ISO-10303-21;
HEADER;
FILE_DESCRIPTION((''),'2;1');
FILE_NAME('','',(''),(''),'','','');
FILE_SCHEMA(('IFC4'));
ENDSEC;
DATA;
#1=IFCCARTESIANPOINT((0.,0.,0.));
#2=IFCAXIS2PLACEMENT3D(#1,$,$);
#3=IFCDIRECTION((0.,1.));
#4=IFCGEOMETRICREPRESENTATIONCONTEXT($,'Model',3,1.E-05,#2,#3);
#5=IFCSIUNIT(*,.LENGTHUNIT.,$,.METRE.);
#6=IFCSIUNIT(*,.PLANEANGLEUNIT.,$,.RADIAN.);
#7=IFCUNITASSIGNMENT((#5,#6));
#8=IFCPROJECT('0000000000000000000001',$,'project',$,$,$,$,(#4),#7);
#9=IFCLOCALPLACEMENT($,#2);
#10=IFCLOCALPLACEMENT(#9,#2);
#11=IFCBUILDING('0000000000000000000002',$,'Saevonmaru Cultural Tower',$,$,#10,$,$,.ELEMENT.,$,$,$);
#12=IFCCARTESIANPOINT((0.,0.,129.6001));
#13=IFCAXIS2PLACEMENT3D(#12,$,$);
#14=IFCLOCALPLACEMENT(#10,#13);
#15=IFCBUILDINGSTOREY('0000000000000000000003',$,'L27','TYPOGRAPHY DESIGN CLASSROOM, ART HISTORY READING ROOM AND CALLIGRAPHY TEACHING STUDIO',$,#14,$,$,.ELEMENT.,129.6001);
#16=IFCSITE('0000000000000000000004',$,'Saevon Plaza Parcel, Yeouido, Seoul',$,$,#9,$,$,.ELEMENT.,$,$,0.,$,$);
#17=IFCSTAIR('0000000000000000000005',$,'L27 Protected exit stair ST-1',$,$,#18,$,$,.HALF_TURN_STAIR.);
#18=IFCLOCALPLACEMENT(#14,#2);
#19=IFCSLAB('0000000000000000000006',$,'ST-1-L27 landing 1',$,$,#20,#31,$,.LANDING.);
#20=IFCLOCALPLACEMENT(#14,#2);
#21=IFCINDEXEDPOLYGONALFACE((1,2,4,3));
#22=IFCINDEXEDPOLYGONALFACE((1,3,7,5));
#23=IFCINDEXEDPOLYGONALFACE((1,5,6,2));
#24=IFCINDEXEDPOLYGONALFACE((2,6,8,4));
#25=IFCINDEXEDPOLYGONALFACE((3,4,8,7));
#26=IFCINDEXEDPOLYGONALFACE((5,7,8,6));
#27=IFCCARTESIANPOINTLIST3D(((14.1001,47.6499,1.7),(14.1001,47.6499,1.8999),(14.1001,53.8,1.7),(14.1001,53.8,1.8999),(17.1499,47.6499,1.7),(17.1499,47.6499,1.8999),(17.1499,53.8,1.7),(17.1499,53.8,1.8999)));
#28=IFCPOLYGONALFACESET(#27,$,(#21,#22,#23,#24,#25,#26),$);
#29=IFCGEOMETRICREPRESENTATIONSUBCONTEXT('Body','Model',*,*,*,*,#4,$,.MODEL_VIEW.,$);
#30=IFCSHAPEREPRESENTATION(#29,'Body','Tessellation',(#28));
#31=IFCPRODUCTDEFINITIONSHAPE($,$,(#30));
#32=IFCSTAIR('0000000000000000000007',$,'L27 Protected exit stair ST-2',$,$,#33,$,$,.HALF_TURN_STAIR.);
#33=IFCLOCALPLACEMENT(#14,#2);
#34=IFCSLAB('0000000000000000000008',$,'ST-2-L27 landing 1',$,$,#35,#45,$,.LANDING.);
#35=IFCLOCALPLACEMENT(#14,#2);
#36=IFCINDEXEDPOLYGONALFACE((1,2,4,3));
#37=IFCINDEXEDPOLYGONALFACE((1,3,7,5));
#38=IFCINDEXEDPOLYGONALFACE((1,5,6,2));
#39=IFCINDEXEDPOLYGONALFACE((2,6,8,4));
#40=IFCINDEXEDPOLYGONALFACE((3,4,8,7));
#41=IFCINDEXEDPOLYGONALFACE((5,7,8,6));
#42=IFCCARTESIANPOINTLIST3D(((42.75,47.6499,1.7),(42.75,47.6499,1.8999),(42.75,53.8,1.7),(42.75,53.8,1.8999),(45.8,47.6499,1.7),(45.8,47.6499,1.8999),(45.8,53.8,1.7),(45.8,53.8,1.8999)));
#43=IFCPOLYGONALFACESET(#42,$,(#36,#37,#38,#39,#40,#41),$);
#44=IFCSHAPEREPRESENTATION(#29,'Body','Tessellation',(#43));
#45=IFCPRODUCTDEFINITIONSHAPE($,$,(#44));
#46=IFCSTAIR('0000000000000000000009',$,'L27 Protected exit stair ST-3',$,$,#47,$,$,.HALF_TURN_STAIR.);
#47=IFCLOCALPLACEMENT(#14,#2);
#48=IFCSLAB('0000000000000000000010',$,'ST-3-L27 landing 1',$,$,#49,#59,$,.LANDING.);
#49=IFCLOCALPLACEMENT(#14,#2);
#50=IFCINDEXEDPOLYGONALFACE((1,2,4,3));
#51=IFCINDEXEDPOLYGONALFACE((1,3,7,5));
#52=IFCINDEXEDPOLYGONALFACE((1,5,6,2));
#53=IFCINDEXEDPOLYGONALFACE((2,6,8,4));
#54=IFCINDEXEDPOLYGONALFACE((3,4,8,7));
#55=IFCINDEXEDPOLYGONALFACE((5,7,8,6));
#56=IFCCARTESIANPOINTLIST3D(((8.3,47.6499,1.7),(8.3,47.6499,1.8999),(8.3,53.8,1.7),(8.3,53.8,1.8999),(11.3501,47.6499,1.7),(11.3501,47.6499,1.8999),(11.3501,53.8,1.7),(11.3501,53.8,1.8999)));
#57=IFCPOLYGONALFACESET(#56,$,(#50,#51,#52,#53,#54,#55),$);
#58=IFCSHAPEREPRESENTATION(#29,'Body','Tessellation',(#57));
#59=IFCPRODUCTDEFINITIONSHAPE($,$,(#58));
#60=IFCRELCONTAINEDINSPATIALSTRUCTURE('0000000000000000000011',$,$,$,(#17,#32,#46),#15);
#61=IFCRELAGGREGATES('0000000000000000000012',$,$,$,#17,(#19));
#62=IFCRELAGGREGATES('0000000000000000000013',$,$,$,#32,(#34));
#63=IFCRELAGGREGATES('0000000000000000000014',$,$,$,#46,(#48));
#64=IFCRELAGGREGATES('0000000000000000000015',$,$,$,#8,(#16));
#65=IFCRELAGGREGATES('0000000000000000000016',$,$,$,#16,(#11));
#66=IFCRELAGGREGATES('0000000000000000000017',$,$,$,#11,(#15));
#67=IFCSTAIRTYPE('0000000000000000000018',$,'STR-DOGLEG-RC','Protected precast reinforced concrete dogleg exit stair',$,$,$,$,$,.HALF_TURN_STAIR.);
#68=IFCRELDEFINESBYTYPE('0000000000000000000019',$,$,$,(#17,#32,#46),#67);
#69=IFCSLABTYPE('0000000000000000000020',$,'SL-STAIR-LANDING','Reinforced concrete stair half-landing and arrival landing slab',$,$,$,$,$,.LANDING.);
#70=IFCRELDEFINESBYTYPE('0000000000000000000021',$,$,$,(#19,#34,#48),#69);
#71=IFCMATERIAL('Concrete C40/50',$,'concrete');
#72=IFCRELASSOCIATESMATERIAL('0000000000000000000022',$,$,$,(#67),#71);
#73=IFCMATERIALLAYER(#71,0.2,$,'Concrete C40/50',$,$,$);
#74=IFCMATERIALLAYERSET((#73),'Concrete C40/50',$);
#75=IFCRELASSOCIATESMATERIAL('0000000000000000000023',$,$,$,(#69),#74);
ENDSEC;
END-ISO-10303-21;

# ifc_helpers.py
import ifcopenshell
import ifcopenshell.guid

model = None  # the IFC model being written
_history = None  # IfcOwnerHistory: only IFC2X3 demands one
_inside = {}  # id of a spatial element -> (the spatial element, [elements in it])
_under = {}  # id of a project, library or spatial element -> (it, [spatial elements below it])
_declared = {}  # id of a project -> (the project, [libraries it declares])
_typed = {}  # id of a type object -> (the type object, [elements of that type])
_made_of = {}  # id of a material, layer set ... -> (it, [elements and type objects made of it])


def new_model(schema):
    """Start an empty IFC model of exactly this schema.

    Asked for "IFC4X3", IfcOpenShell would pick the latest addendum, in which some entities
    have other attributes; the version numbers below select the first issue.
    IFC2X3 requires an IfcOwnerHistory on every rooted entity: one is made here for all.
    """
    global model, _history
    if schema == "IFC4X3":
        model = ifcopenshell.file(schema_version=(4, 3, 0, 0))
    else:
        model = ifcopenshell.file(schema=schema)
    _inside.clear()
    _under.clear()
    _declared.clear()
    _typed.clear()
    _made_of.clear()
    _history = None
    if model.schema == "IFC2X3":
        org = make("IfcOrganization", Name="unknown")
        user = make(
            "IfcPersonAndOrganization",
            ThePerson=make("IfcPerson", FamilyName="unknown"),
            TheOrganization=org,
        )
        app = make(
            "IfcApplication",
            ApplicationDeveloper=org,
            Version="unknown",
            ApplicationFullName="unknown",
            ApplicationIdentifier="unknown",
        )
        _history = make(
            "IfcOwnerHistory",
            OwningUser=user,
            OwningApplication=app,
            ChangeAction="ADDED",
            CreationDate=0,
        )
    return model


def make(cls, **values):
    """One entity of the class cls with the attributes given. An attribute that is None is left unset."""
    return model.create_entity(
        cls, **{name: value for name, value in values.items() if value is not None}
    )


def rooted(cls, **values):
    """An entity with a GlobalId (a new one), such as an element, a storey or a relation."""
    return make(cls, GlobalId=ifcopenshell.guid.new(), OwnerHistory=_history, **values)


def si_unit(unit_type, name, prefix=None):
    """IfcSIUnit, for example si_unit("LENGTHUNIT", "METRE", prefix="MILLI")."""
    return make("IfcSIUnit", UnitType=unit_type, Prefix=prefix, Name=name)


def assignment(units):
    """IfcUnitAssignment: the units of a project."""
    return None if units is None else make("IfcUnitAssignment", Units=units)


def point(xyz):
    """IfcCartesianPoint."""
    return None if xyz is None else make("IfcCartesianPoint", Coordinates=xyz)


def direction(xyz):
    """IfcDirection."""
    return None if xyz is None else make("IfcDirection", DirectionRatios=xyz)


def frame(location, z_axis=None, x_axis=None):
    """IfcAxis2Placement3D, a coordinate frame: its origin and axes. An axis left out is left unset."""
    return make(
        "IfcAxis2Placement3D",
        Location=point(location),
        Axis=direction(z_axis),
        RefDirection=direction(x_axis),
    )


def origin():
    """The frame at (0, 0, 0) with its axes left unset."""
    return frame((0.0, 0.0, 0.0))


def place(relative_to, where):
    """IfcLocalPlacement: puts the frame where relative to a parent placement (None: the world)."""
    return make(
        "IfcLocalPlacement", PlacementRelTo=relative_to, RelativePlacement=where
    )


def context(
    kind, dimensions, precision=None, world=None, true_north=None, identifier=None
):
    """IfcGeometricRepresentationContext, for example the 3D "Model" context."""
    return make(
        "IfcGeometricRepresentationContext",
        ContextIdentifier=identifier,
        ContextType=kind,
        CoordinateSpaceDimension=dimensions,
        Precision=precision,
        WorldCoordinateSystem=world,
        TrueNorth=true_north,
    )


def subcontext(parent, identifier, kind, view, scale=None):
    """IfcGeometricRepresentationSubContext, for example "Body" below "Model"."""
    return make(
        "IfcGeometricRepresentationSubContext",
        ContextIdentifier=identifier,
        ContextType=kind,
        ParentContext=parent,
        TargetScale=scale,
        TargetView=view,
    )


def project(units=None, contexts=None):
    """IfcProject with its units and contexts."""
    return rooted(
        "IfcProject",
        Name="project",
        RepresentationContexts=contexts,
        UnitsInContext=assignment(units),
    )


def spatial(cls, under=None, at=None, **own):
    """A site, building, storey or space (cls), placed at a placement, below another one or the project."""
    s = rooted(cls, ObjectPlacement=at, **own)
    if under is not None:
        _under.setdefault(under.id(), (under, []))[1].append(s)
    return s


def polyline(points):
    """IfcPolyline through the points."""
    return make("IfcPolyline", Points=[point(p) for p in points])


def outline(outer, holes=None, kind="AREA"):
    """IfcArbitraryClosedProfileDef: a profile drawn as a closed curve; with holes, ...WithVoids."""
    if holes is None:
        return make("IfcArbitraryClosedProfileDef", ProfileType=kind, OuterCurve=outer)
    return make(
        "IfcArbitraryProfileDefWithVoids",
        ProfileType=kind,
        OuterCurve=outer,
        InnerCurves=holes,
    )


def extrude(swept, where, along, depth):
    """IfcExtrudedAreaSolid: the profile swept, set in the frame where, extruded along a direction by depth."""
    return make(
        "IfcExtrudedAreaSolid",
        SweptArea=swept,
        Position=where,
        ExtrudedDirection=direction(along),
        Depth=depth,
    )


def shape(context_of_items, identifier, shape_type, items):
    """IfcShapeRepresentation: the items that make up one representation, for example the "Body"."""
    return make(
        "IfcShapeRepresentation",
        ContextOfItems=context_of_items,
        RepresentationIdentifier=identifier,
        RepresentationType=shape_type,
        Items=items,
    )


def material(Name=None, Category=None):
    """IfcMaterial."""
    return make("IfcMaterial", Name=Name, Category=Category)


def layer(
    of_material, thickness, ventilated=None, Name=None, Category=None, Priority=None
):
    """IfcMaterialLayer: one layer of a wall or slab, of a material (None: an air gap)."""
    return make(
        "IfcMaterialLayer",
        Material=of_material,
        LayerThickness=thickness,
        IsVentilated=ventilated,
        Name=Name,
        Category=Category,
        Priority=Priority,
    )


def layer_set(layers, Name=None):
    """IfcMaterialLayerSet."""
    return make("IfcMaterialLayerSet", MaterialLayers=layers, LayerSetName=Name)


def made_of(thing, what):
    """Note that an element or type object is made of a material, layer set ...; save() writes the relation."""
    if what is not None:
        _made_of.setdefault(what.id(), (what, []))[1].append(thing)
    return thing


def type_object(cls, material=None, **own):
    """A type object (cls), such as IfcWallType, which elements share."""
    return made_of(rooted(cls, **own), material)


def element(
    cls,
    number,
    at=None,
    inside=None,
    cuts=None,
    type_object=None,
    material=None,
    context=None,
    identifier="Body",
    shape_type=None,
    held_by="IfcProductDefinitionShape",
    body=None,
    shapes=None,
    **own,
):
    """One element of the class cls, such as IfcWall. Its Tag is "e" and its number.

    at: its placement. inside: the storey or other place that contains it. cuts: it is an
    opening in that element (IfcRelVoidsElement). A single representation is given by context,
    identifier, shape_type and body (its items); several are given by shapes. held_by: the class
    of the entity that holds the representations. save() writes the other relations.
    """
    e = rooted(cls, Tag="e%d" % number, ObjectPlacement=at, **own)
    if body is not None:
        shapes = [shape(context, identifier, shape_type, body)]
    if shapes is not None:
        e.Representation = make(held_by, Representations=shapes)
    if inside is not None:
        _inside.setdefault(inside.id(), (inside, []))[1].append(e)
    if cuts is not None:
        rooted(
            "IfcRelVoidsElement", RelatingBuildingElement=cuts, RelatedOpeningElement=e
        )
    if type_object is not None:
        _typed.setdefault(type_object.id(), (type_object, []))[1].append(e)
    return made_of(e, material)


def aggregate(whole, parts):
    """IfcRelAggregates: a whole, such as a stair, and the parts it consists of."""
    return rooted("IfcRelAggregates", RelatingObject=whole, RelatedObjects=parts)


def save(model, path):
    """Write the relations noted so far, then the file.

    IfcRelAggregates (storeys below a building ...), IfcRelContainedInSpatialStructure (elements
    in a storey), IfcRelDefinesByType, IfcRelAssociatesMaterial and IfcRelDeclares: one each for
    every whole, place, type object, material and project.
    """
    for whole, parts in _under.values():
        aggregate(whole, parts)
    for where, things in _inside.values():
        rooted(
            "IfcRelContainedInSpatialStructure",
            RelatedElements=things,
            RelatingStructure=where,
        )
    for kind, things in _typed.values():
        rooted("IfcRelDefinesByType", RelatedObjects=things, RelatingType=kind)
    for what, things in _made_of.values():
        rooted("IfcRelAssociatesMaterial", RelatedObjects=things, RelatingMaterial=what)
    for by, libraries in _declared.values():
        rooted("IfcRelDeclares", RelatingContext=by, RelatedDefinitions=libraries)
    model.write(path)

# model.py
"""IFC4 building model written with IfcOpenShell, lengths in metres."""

from ifc_helpers import new_model, si_unit, direction, frame, origin, place, context, subcontext, project, spatial, polyline, outline, extrude, material, layer, layer_set, type_object, element, aggregate, save


model = new_model("IFC4")

# Units and contexts
model_context = context("Model", 3, precision=1e-05, world=origin(), true_north=direction((0.0, 1.0)))
body_context = subcontext(model_context, "Body", "Model", "MODEL_VIEW")
ifc_project = project(units=[si_unit("LENGTHUNIT", "METRE"), si_unit("PLANEANGLEUNIT", "RADIAN")], contexts=[model_context])

# Site, building, storey
site_placement = place(None, origin())
site = spatial("IfcSite", under=ifc_project, at=site_placement, Name="Saevon Plaza Parcel, Yeouido, Seoul", CompositionType="ELEMENT", RefElevation=0.0)
building_placement = place(site_placement, origin())
building = spatial("IfcBuilding", under=site, at=building_placement, Name="Saevonmaru Cultural Tower", CompositionType="ELEMENT")
storey_placement = place(building_placement, frame((0.0, 0.0, 129.6001)))
storey = spatial("IfcBuildingStorey", under=building, at=storey_placement, Name="L27", Description="TYPOGRAPHY DESIGN CLASSROOM, ART HISTORY READING ROOM AND CALLIGRAPHY TEACHING STUDIO", CompositionType="ELEMENT", Elevation=129.6001)

# Shared definitions
ifc_material_1 = material(Name="Concrete C40/50", Category="concrete")

# Stairs, slabs
stair_type = type_object("IfcStairType", Name="STR-DOGLEG-RC", Description="Protected precast reinforced concrete dogleg exit stair", PredefinedType="HALF_TURN_STAIR", material=ifc_material_1)
stair_1_placement = place(storey_placement, origin())
stair_1 = element("IfcStair", 1, at=stair_1_placement, inside=storey, type_object=stair_type, Name="L27 Protected exit stair ST-1", PredefinedType="HALF_TURN_STAIR")
ifc_layer_1 = layer(ifc_material_1, 0.2, Name="Concrete C40/50")
ifc_layer_set_1 = layer_set([ifc_layer_1], Name="Concrete C40/50")
slab_type_1 = type_object("IfcSlabType", Name="SL-STAIR-LANDING", Description="Reinforced concrete stair half-landing and arrival landing slab", PredefinedType="LANDING", material=ifc_layer_set_1)
slab_1_placement = place(storey_placement, frame((0.0, 0.0, 1.7)))
slab_1 = element("IfcSlab", 2, at=slab_1_placement, type_object=slab_type_1, Name="ST-1-L27 landing 1", PredefinedType="LANDING", context=body_context, shape_type="SweptSolid", body=[
    extrude(outline(polyline([(17.1499, 47.6499), (17.1499, 53.8), (14.1001, 53.8), (14.1001, 47.6499), (17.1499, 47.6499)])), origin(), (0.0, 0.0, 1.0), 0.2),
])
aggregate(stair_1, [slab_1])
stair_2_placement = place(storey_placement, origin())
stair_2 = element("IfcStair", 3, at=stair_2_placement, inside=storey, type_object=stair_type, Name="L27 Protected exit stair ST-2", PredefinedType="HALF_TURN_STAIR")
slab_2_placement = place(storey_placement, frame((0.0, 0.0, 1.7)))
slab_2 = element("IfcSlab", 4, at=slab_2_placement, type_object=slab_type_1, Name="ST-2-L27 landing 1", PredefinedType="LANDING", context=body_context, shape_type="SweptSolid", body=[
    extrude(outline(polyline([(45.8, 47.6499), (45.8, 53.8), (42.75, 53.8), (42.75, 47.6499), (45.8, 47.6499)])), origin(), (0.0, 0.0, 1.0), 0.2),
])
aggregate(stair_2, [slab_2])
stair_3_placement = place(storey_placement, origin())
stair_3 = element("IfcStair", 5, at=stair_3_placement, inside=storey, type_object=stair_type, Name="L27 Protected exit stair ST-3", PredefinedType="HALF_TURN_STAIR")
slab_3_placement = place(storey_placement, frame((0.0, 0.0, 1.7)))
slab_3 = element("IfcSlab", 6, at=slab_3_placement, type_object=slab_type_1, Name="ST-3-L27 landing 1", PredefinedType="LANDING", context=body_context, shape_type="SweptSolid", body=[
    extrude(outline(polyline([(11.3501, 47.6499), (11.3501, 53.8), (8.3, 53.8), (8.3, 47.6499), (11.3501, 47.6499)])), origin(), (0.0, 0.0, 1.0), 0.2),
])
aggregate(stair_3, [slab_3])

save(model, "model.ifc")
